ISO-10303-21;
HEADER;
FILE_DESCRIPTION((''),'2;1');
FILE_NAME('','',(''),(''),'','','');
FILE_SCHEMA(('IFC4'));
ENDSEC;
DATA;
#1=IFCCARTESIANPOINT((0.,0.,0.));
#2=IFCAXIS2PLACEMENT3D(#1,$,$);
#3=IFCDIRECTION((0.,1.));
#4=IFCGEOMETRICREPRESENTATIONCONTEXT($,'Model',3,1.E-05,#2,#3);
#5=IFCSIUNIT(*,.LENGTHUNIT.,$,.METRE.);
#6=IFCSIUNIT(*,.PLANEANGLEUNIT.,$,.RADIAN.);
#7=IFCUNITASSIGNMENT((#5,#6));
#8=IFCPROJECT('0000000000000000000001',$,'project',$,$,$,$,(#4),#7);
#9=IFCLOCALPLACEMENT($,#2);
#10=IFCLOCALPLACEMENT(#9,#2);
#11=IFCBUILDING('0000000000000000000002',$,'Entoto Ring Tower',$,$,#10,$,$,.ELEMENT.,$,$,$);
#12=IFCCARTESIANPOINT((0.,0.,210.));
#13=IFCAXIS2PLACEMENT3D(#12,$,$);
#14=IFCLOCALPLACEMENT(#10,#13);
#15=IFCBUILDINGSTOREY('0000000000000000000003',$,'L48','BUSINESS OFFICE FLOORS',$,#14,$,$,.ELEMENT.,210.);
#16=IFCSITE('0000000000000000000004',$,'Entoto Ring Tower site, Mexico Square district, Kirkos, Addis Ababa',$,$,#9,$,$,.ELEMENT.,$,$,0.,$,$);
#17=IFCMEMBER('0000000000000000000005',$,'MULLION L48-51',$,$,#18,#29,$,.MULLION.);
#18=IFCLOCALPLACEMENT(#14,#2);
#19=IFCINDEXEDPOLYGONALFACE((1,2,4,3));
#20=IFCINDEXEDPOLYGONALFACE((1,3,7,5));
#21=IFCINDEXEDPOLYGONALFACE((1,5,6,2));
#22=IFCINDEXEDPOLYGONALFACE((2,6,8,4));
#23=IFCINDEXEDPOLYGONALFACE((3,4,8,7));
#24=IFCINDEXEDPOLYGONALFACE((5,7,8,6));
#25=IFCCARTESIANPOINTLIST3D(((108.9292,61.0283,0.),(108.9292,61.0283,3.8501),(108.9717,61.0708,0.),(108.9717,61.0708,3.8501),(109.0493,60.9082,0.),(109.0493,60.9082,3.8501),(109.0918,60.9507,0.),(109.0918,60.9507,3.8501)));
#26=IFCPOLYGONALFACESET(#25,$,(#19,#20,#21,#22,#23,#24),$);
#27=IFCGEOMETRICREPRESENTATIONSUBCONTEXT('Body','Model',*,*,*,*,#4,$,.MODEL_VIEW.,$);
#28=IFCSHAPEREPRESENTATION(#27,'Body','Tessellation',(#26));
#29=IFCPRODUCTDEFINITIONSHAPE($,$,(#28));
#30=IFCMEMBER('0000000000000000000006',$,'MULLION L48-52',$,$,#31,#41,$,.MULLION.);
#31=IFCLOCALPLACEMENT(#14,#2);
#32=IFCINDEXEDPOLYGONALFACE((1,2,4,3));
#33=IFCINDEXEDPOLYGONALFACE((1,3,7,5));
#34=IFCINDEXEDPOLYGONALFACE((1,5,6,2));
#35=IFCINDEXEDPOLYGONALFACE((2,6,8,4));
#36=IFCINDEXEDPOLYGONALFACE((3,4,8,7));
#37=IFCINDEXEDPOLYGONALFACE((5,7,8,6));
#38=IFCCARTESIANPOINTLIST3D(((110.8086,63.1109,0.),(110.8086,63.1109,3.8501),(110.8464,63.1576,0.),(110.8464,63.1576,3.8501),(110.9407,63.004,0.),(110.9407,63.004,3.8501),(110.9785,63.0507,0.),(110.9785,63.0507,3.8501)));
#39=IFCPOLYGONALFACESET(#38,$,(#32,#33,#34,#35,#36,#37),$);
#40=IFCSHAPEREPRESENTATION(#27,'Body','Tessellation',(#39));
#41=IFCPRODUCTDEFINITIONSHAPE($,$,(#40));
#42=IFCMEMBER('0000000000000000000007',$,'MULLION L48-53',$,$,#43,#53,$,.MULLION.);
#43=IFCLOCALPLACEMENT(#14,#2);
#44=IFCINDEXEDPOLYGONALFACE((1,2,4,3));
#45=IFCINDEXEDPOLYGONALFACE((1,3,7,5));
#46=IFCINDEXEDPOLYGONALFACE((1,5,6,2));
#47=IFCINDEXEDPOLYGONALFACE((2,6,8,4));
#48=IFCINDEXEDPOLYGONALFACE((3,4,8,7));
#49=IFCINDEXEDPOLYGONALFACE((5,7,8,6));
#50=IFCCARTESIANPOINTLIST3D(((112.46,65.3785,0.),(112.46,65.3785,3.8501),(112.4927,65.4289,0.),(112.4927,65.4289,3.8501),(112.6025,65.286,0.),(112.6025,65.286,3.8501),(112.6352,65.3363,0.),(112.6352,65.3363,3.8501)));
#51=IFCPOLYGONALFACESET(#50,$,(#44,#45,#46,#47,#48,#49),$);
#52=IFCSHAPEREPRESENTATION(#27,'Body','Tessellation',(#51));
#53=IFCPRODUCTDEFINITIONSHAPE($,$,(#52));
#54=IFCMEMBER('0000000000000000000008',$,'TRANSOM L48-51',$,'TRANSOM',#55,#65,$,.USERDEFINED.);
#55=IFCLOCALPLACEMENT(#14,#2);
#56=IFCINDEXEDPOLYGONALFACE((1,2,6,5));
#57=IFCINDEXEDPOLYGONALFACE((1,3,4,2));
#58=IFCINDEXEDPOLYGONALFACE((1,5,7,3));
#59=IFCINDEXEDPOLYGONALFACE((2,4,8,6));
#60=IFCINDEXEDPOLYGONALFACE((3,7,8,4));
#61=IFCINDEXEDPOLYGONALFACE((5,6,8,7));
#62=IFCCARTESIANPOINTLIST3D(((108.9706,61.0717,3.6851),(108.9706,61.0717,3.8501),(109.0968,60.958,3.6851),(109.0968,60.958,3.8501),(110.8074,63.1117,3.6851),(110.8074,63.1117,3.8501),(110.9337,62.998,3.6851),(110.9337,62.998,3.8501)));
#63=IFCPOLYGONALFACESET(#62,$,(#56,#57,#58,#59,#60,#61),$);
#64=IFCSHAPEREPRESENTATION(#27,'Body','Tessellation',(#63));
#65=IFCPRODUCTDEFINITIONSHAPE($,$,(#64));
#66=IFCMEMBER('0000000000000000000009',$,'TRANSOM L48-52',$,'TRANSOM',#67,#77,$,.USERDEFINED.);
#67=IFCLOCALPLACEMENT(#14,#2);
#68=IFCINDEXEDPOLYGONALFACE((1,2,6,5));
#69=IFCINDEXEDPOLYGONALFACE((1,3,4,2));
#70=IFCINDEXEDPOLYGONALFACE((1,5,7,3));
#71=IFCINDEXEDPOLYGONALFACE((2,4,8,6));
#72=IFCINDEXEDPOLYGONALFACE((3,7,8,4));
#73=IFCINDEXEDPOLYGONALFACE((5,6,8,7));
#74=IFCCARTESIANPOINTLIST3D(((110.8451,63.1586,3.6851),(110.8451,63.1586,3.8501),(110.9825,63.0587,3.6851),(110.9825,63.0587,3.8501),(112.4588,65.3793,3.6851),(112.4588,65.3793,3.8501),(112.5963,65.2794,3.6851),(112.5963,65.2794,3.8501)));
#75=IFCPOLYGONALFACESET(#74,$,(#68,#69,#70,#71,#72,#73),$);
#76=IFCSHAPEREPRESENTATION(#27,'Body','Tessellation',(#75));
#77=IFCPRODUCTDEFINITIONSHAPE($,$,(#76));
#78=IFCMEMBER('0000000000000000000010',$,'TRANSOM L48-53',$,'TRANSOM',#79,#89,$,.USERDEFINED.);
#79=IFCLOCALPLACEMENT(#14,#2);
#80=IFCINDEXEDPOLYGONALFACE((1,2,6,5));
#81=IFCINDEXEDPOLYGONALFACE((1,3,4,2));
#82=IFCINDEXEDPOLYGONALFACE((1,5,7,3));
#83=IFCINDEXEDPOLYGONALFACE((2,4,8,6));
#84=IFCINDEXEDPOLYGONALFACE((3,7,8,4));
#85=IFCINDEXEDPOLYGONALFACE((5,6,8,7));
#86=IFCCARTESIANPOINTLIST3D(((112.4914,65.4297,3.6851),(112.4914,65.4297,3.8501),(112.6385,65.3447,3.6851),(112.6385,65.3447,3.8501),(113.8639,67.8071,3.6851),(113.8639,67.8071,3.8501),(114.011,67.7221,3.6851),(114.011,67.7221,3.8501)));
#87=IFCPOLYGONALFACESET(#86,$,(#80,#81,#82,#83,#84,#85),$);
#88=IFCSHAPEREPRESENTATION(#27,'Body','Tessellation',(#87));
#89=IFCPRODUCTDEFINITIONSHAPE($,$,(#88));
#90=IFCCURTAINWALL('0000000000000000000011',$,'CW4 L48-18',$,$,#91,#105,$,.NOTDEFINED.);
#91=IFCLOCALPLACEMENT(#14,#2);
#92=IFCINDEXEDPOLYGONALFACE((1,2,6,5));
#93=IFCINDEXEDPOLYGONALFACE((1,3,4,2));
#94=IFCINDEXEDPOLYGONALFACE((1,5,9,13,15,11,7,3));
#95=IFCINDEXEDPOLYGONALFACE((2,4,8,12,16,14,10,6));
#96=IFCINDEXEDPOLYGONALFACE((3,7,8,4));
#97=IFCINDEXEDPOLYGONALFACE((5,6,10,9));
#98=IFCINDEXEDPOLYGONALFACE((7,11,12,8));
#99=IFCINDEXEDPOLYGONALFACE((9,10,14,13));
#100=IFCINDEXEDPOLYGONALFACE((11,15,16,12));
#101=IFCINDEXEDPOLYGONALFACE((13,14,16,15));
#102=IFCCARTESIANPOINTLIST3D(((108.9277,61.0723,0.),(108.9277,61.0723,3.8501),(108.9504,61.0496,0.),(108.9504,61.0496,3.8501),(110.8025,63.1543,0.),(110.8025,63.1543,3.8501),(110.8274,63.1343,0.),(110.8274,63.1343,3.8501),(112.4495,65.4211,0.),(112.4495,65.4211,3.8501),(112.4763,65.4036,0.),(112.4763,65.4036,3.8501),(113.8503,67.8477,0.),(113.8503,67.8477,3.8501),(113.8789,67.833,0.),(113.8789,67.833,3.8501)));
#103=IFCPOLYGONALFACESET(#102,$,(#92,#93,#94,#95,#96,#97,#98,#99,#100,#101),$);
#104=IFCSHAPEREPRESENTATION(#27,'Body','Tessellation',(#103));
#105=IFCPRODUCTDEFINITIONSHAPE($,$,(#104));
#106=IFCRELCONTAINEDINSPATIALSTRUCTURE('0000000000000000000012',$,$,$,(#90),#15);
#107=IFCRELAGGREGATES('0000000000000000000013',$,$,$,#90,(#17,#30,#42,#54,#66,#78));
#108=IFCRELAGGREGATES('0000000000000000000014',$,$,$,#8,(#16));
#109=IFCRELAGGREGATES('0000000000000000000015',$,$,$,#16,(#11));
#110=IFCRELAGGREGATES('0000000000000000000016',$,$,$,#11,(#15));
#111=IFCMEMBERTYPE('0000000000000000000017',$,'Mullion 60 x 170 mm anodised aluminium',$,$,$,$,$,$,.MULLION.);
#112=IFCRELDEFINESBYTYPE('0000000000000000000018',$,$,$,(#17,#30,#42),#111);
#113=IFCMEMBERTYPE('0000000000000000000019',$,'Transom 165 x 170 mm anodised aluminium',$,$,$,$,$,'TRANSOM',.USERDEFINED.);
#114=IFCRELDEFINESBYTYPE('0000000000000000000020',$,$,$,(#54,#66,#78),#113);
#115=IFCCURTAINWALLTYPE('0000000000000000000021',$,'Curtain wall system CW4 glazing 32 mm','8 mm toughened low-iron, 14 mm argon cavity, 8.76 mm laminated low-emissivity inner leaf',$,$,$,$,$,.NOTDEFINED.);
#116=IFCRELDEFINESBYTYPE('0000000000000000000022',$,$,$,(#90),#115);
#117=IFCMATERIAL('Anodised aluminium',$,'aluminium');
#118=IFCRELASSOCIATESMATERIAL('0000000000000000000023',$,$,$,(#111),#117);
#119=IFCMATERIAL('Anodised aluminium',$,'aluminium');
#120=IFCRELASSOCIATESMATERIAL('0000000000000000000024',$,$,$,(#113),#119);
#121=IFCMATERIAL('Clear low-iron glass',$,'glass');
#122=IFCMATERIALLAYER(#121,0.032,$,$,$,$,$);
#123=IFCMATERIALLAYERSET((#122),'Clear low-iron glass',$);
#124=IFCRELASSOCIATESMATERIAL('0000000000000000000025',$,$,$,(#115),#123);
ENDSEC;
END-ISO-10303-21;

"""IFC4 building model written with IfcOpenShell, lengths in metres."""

from ifc_helpers import new_model, si_unit, direction, frame, origin, origin_2d, place, context, subcontext, project, spatial, polyline, rectangle, outline, extrude, material, layer, layer_set, material_profile, profile_set, type_object, element, aggregate, save


model = new_model("IFC4")

# Units and contexts
model_context = context("Model", 3, precision=1e-05, world=origin(), true_north=direction((0.0, 1.0)))
body_context = subcontext(model_context, "Body", "Model", "MODEL_VIEW")
ifc_project = project(units=[si_unit("LENGTHUNIT", "METRE"), si_unit("PLANEANGLEUNIT", "RADIAN")], contexts=[model_context])

# Members
ifc_material_1 = material(Name="Anodised aluminium", Category="aluminium")
ifc_material_profile_1 = material_profile(ifc_material_1, rectangle(XDim=0.0601, YDim=0.1699, at=origin_2d()), Name="Mullion 60 x 170 mm anodised aluminium")
ifc_profile_set_1 = profile_set([ifc_material_profile_1], Name="Anodised aluminium")
member_type_1 = type_object("IfcMemberType", Name="Mullion 60 x 170 mm anodised aluminium", PredefinedType="MULLION", material=ifc_profile_set_1)
site_placement = place(None, origin())
building_placement = place(site_placement, origin())
storey_placement = place(building_placement, frame((0.0, 0.0, 210.0)))
member_1_placement = place(storey_placement, frame((109.0105, 60.9895, 0.0), z_axis=(0.0, 0.0, 1.0), x_axis=(0.707107, 0.707107, 0.0)))
member_1 = element("IfcMember", 1, at=member_1_placement, type_object=member_type_1, Name="MULLION L48-51", PredefinedType="MULLION", context=body_context, shape_type="SweptSolid", body=[
    extrude(rectangle(XDim=0.0601, YDim=0.1699, at=origin_2d()), origin(), (0.0, 0.0, 1.0), 3.8501),
])
member_2_placement = place(storey_placement, frame((110.8936, 63.0808, 0.0), z_axis=(0.0, 0.0, 1.0), x_axis=(0.62932, 0.777146, 0.0)))
member_2 = element("IfcMember", 2, at=member_2_placement, type_object=member_type_1, Name="MULLION L48-52", PredefinedType="MULLION", context=body_context, shape_type="SweptSolid", body=[
    extrude(rectangle(XDim=0.0601, YDim=0.1699, at=origin_2d()), origin(), (0.0, 0.0, 1.0), 3.8501),
])
member_3_placement = place(storey_placement, frame((112.5476, 65.3574, 0.0), z_axis=(0.0, 0.0, 1.0), x_axis=(0.544639, 0.838671, 0.0)))
member_3 = element("IfcMember", 3, at=member_3_placement, type_object=member_type_1, Name="MULLION L48-53", PredefinedType="MULLION", context=body_context, shape_type="SweptSolid", body=[
    extrude(rectangle(XDim=0.0601, YDim=0.1699, at=origin_2d()), origin(), (0.0, 0.0, 1.0), 3.8501),
])
ifc_material_2 = material(Name="Anodised aluminium", Category="aluminium")
ifc_material_profile_2 = material_profile(ifc_material_2, rectangle(XDim=0.1699, YDim=0.165, at=origin_2d()), Name="Transom 165 x 170 mm anodised aluminium")
ifc_profile_set_2 = profile_set([ifc_material_profile_2], Name="Anodised aluminium")
member_type_2 = type_object("IfcMemberType", Name="Transom 165 x 170 mm anodised aluminium", ElementType="TRANSOM", PredefinedType="USERDEFINED", material=ifc_profile_set_2)
member_4_placement = place(storey_placement, frame((109.0337, 61.0149, 3.7676), z_axis=(0.669142, 0.743135, 0.0), x_axis=(-0.743135, 0.669142, 0.0)))
member_4 = element("IfcMember", 4, at=member_4_placement, type_object=member_type_2, Name="TRANSOM L48-51", ObjectType="TRANSOM", PredefinedType="USERDEFINED", context=body_context, shape_type="SweptSolid", body=[
    extrude(rectangle(XDim=0.1699, YDim=0.165, at=origin_2d()), origin(), (0.0, 0.0, 1.0), 2.7451),
])
member_5_placement = place(storey_placement, frame((110.9138, 63.1086, 3.7676), z_axis=(0.587865, 0.808959, 0.0), x_axis=(-0.808959, 0.587865, 0.0)))
member_5 = element("IfcMember", 5, at=member_5_placement, type_object=member_type_2, Name="TRANSOM L48-52", ObjectType="TRANSOM", PredefinedType="USERDEFINED", context=body_context, shape_type="SweptSolid", body=[
    extrude(rectangle(XDim=0.1699, YDim=0.165, at=origin_2d()), origin(), (0.0, 0.0, 1.0), 2.7451),
])
member_6_placement = place(storey_placement, frame((112.5649, 65.3872, 3.7676), z_axis=(0.499984, 0.866035, 0.0), x_axis=(-0.866035, 0.499984, 0.0)))
member_6 = element("IfcMember", 6, at=member_6_placement, type_object=member_type_2, Name="TRANSOM L48-53", ObjectType="TRANSOM", PredefinedType="USERDEFINED", context=body_context, shape_type="SweptSolid", body=[
    extrude(rectangle(XDim=0.1699, YDim=0.165, at=origin_2d()), origin(), (0.0, 0.0, 1.0), 2.7451),
])

# Site, building, storey
site = spatial("IfcSite", under=ifc_project, at=site_placement, Name="Entoto Ring Tower site, Mexico Square district, Kirkos, Addis Ababa", CompositionType="ELEMENT", RefElevation=0.0)
building = spatial("IfcBuilding", under=site, at=building_placement, Name="Entoto Ring Tower", CompositionType="ELEMENT")
storey = spatial("IfcBuildingStorey", under=building, at=storey_placement, Name="L48", Description="BUSINESS OFFICE FLOORS", CompositionType="ELEMENT", Elevation=210.0)

# Curtain wall
ifc_material_3 = material(Name="Clear low-iron glass", Category="glass")
ifc_layer_1 = layer(ifc_material_3, 0.032)
ifc_layer_set_1 = layer_set([ifc_layer_1], Name="Clear low-iron glass")
curtain_wall_type = type_object("IfcCurtainWallType", Name="Curtain wall system CW4 glazing 32 mm", Description="8 mm toughened low-iron, 14 mm argon cavity, 8.76 mm laminated low-emissivity inner leaf", PredefinedType="NOTDEFINED", material=ifc_layer_set_1)
curtain_wall_1_placement = place(storey_placement, origin())
curtain_wall_1 = element("IfcCurtainWall", 7, at=curtain_wall_1_placement, inside=storey, type_object=curtain_wall_type, Name="CW4 L48-18", PredefinedType="NOTDEFINED", context=body_context, shape_type="SweptSolid", body=[
    extrude(outline(polyline([(108.9504, 61.0496), (110.8274, 63.1343), (112.4763, 65.4036), (113.8789, 67.833), (113.8503, 67.8477), (112.4495, 65.4211), (110.8025, 63.1543), (108.9277, 61.0723), (108.9504, 61.0496)])), origin(), (0.0, 0.0, 1.0), 3.8501),
])
aggregate(curtain_wall_1, [member_1, member_2, member_3, member_4, member_5, member_6])

save(model, "model.ifc")
